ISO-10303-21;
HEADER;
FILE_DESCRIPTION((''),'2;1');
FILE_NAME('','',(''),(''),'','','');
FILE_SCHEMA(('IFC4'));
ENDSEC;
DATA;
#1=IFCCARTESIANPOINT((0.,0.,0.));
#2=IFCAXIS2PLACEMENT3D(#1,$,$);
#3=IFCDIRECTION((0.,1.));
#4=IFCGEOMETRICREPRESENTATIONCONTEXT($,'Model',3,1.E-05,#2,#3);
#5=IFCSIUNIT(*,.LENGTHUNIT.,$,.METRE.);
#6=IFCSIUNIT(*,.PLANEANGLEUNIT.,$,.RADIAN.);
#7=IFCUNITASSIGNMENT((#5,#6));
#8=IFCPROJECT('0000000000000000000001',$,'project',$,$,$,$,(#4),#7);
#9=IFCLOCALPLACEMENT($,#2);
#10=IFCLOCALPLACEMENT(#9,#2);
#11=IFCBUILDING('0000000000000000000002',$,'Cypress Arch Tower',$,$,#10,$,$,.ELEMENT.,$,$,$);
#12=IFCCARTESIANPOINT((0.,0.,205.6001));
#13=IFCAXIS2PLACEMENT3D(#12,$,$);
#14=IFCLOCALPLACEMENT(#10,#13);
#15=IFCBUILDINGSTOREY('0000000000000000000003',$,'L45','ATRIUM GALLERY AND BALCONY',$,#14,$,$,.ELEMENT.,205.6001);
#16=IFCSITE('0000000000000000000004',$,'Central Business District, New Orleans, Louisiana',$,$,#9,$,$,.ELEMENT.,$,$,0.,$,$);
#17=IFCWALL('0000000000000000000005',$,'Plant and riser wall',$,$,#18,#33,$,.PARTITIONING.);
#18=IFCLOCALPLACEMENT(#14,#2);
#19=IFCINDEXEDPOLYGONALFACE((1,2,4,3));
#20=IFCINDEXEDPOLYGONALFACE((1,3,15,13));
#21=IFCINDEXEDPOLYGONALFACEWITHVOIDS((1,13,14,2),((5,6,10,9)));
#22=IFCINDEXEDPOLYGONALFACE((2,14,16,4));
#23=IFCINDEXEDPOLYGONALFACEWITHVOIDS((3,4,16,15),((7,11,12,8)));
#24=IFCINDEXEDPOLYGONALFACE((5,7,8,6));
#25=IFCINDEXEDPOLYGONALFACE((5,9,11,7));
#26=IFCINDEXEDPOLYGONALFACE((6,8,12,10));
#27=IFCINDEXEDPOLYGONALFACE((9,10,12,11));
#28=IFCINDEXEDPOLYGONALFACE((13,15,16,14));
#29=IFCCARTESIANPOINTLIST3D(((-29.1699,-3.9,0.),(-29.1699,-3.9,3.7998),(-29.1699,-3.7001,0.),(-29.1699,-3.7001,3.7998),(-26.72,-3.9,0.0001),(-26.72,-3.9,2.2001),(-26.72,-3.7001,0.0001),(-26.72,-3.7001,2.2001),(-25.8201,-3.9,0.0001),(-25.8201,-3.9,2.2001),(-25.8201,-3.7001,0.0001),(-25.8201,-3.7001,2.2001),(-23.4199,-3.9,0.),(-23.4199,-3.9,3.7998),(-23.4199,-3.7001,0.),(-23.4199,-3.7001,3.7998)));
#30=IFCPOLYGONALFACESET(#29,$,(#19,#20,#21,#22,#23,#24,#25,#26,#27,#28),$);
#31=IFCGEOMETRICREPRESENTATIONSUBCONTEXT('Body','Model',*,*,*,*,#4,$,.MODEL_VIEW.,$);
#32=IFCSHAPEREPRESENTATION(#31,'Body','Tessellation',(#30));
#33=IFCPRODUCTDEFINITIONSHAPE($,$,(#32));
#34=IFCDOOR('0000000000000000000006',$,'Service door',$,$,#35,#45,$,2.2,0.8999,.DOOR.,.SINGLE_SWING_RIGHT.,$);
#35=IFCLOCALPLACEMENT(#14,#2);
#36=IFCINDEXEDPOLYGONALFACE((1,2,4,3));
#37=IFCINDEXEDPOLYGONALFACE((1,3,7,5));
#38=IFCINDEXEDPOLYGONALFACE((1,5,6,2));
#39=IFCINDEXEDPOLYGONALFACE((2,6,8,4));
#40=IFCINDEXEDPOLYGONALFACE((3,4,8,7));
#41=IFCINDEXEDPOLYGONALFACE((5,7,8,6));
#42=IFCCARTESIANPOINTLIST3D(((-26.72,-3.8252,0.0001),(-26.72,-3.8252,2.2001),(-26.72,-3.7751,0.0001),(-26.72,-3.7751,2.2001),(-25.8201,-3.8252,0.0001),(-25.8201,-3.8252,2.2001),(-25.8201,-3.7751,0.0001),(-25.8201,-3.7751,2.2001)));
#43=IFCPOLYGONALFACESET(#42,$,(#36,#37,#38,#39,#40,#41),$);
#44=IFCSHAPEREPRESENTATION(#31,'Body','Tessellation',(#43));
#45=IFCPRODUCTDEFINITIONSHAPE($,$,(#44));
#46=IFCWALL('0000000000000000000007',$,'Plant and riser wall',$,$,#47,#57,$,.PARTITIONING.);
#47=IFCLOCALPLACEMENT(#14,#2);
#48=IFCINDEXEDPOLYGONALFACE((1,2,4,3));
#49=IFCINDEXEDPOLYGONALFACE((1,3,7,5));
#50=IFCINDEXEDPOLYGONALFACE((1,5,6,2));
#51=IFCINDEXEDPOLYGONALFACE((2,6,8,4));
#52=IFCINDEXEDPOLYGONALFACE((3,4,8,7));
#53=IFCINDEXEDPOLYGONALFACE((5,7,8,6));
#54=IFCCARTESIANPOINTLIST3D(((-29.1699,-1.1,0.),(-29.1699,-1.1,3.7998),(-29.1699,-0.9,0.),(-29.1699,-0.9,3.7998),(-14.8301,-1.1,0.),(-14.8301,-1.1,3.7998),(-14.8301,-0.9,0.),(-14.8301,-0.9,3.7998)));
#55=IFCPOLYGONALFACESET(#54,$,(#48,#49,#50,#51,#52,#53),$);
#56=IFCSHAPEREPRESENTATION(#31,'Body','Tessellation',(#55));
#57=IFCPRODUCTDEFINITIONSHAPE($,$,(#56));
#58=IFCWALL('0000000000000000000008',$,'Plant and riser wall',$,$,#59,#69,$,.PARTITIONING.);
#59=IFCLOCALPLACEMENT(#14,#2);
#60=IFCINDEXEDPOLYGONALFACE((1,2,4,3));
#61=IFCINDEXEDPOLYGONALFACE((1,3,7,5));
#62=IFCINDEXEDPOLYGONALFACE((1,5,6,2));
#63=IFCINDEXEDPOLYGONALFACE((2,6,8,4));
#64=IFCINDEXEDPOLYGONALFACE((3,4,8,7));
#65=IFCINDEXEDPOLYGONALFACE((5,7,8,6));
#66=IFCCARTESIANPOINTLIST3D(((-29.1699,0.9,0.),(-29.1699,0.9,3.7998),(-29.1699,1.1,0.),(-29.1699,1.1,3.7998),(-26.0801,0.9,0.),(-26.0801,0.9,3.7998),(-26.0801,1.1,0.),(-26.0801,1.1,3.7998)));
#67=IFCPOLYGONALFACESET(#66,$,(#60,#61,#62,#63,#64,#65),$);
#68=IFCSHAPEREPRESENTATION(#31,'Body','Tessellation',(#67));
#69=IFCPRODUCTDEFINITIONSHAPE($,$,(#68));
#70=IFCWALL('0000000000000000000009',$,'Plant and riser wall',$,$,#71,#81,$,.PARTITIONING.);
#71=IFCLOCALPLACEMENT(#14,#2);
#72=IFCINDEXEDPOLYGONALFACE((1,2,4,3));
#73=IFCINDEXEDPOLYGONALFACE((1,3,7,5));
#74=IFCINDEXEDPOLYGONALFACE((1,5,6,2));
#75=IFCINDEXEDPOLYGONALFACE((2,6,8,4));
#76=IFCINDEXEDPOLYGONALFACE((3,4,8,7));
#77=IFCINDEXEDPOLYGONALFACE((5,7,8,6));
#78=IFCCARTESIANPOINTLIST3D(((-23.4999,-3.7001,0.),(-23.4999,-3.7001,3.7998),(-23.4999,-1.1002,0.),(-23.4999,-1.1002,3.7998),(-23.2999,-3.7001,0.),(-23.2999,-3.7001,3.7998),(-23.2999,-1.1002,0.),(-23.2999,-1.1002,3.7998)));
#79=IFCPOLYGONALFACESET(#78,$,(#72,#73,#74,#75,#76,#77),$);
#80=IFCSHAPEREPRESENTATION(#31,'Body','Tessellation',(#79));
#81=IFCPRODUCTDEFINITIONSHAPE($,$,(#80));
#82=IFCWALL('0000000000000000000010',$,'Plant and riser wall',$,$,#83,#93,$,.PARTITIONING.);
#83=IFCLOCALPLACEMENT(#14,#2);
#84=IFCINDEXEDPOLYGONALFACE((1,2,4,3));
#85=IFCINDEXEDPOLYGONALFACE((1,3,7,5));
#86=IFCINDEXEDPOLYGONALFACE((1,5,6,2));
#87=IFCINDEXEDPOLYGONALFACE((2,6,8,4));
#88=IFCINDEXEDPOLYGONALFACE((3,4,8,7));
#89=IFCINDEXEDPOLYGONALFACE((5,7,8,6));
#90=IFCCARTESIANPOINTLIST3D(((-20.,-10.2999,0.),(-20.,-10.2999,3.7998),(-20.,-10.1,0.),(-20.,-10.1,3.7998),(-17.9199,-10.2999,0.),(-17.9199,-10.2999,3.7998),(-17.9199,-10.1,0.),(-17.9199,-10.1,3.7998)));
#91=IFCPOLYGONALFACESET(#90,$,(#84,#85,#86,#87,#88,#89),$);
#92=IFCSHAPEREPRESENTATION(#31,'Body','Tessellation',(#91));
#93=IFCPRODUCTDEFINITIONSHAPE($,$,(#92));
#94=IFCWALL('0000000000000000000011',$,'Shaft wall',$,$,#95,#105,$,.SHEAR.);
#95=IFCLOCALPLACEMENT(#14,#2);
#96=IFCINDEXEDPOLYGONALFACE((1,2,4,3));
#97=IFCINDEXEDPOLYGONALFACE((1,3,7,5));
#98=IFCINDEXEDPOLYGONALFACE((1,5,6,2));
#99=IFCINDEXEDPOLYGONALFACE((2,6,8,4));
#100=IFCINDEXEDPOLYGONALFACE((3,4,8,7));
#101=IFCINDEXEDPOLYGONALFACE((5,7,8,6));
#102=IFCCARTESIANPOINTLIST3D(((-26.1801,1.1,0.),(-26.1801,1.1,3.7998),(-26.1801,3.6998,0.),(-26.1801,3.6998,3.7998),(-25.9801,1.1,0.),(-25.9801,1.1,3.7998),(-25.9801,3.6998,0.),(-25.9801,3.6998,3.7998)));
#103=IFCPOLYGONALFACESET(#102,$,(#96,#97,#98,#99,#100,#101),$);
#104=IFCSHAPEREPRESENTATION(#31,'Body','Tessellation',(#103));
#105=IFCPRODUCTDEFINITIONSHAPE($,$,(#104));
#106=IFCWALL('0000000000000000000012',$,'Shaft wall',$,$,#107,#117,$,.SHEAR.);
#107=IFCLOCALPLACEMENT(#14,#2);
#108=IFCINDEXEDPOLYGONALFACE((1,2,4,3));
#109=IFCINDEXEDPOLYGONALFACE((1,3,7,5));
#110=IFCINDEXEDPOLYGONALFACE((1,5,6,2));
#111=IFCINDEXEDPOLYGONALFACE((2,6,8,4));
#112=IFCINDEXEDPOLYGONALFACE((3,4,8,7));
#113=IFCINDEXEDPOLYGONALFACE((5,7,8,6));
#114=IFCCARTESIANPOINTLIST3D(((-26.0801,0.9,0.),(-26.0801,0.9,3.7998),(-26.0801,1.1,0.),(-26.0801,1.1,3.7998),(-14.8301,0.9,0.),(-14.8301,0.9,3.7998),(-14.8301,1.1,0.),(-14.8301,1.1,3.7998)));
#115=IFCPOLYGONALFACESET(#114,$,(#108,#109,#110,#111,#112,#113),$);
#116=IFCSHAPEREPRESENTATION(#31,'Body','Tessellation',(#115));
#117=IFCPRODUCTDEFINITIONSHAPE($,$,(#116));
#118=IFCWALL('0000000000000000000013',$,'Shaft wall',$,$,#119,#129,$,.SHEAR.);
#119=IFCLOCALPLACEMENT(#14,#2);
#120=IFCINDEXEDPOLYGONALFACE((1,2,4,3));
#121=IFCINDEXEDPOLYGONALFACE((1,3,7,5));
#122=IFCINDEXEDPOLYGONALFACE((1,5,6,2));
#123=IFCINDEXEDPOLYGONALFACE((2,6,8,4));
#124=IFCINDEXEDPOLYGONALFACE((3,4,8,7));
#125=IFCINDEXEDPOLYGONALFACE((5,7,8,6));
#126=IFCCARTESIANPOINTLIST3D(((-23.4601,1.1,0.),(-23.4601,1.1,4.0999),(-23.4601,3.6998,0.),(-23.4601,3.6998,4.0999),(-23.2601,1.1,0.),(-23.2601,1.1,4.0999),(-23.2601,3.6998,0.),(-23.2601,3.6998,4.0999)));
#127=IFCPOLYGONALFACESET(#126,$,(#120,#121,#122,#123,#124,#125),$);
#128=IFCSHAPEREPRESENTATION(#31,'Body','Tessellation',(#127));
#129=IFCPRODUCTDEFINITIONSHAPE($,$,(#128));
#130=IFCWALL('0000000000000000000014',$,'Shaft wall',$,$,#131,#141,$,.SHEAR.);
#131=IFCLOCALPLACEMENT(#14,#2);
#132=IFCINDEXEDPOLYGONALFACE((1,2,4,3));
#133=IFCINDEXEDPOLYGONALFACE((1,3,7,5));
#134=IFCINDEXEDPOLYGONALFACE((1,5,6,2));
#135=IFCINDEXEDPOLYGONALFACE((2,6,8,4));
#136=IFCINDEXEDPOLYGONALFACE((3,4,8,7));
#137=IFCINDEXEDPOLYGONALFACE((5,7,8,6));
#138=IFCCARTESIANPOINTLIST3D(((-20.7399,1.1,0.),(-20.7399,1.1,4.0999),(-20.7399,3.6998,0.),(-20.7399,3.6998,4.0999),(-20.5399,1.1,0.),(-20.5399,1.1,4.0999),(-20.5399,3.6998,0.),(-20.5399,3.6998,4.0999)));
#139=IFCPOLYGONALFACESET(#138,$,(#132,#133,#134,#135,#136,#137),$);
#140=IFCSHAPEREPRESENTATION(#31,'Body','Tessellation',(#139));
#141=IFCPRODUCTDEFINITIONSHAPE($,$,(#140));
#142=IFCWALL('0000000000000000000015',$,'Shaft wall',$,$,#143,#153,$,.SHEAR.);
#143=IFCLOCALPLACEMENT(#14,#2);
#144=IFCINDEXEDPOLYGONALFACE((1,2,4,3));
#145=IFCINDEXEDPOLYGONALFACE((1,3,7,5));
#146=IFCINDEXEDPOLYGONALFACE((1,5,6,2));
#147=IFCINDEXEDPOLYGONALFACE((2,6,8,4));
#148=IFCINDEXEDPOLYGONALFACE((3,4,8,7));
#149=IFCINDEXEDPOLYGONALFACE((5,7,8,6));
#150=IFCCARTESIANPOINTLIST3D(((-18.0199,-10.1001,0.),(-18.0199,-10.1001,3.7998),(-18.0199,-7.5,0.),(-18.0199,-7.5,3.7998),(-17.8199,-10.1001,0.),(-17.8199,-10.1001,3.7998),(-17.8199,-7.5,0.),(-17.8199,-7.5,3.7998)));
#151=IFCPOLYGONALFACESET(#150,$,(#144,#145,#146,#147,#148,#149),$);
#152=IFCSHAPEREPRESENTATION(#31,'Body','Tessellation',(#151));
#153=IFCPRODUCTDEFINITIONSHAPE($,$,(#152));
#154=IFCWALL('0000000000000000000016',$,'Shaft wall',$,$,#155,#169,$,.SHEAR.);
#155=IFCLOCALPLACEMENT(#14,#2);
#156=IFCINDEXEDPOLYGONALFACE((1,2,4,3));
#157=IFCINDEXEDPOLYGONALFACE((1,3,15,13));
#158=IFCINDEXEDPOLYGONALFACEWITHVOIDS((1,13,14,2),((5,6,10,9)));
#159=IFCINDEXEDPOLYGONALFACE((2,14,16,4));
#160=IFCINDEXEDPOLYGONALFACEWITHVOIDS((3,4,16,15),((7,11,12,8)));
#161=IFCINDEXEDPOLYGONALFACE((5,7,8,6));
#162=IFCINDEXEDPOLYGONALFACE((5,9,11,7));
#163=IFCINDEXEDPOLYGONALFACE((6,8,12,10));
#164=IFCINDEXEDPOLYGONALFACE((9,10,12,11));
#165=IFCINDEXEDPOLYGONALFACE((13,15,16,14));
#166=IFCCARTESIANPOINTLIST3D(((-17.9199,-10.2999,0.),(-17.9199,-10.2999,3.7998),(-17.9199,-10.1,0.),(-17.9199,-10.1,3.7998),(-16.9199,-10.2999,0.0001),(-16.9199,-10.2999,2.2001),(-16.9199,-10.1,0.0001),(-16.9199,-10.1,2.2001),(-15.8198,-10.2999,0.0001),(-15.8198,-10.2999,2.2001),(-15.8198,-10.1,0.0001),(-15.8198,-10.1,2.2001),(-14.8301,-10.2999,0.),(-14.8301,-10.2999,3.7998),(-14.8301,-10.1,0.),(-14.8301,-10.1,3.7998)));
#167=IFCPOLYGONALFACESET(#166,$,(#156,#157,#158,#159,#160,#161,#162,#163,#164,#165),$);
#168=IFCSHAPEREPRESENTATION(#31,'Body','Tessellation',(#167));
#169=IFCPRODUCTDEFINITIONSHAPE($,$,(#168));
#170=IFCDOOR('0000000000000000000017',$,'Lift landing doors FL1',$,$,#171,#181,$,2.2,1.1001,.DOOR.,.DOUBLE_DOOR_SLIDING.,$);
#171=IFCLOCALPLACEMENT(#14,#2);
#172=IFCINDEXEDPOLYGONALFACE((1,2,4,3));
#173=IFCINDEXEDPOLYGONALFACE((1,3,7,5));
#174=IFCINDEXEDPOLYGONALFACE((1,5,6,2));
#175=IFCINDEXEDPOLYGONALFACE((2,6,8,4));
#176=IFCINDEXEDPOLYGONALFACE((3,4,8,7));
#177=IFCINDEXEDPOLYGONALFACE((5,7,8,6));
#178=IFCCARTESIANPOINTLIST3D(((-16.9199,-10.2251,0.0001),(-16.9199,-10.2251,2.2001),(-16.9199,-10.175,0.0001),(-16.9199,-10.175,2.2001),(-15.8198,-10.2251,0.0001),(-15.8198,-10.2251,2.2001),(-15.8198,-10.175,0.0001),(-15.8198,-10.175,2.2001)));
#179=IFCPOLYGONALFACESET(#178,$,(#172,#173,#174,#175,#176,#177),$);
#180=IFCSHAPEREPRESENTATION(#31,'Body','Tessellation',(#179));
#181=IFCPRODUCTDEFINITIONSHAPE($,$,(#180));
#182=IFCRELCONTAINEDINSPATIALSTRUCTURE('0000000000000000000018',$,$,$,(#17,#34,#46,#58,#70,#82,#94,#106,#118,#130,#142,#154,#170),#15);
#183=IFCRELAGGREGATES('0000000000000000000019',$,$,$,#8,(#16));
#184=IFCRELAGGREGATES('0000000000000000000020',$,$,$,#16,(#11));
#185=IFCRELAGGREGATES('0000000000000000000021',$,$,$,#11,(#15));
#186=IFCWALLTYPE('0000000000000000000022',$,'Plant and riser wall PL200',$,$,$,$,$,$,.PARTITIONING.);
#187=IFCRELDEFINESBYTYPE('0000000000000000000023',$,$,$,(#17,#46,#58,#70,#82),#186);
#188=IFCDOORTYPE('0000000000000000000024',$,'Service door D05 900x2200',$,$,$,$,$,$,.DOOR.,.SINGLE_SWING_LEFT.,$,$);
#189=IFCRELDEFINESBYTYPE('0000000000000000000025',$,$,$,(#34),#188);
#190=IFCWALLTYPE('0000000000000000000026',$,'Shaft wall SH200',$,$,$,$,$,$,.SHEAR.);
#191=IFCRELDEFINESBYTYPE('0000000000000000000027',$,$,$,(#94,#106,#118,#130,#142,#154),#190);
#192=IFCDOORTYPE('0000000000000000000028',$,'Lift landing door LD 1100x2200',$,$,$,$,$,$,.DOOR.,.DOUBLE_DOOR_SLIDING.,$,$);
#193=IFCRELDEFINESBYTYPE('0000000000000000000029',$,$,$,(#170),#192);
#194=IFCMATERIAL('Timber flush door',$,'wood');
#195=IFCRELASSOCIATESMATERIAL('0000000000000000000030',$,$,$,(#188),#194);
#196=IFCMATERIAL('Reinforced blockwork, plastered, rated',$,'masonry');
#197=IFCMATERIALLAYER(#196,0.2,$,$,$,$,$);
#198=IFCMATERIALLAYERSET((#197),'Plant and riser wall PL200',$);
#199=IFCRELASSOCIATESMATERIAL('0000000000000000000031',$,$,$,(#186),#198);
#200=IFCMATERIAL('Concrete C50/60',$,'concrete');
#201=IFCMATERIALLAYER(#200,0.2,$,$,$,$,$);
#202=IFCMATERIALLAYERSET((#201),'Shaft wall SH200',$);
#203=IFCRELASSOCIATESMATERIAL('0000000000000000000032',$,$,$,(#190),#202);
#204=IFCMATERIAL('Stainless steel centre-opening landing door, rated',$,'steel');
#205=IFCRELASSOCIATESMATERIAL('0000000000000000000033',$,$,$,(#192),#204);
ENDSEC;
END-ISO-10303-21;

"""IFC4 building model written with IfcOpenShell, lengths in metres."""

from ifc_helpers import new_model, si_unit, direction, frame, frame_2d, origin, place, context, subcontext, project, spatial, rectangle, extrude, material, layer, layer_set, type_object, element, fill, save


model = new_model("IFC4")

# Units and contexts
model_context = context("Model", 3, precision=1e-05, world=origin(), true_north=direction((0.0, 1.0)))
body_context = subcontext(model_context, "Body", "Model", "MODEL_VIEW")
ifc_project = project(units=[si_unit("LENGTHUNIT", "METRE"), si_unit("PLANEANGLEUNIT", "RADIAN")], contexts=[model_context])

# Site, building, storey
site_placement = place(None, origin())
site = spatial("IfcSite", under=ifc_project, at=site_placement, Name="Central Business District, New Orleans, Louisiana", CompositionType="ELEMENT", RefElevation=0.0)
building_placement = place(site_placement, origin())
building = spatial("IfcBuilding", under=site, at=building_placement, Name="Cypress Arch Tower", CompositionType="ELEMENT")
storey_placement = place(building_placement, frame((0.0, 0.0, 205.6001)))
storey = spatial("IfcBuildingStorey", under=building, at=storey_placement, Name="L45", Description="ATRIUM GALLERY AND BALCONY", CompositionType="ELEMENT", Elevation=205.6001)

# Shared definitions
ifc_material_1 = material(Name="Timber flush door", Category="wood")
door_type_1 = type_object("IfcDoorType", Name="Service door D05 900x2200", OperationType="SINGLE_SWING_LEFT", PredefinedType="DOOR", material=ifc_material_1)

# Wall, opening, door
ifc_material_2 = material(Name="Reinforced blockwork, plastered, rated", Category="masonry")
ifc_layer_1 = layer(ifc_material_2, 0.2)
ifc_layer_set_1 = layer_set([ifc_layer_1], Name="Plant and riser wall PL200")
wall_type_1 = type_object("IfcWallType", Name="Plant and riser wall PL200", PredefinedType="PARTITIONING", material=ifc_layer_set_1)
wall_1_placement = place(storey_placement, frame((-29.1699, -3.8, 0.0), z_axis=(0.0, 0.0, 1.0), x_axis=(1.0, 0.0, 0.0)))
wall_1 = element("IfcWall", 1, at=wall_1_placement, inside=storey, type_object=wall_type_1, Name="Plant and riser wall", PredefinedType="PARTITIONING", context=body_context, shape_type="SweptSolid", body=[
    extrude(rectangle(XDim=5.75, YDim=0.2, at=frame_2d((2.875, 0.0))), origin(), (0.0, 0.0, 1.0), 3.7998),
])
opening_1_placement = place(wall_1_placement, frame((2.45, 0.0, 0.0)))
opening_1 = element("IfcOpeningElement", 2, at=opening_1_placement, cuts=wall_1, PredefinedType="OPENING", context=body_context, shape_type="SweptSolid", body=[
    extrude(rectangle(XDim=0.8999, YDim=2.2, at=frame_2d((0.45, 1.1001))), frame((0.0, 0.1099, 0.0), z_axis=(0.0, -1.0, 0.0), x_axis=(1.0, 0.0, 0.0)), (0.0, 0.0, 1.0), 0.22),
])
door_1_placement = place(opening_1_placement, origin())
door_1 = element("IfcDoor", 3, at=door_1_placement, inside=storey, type_object=door_type_1, Name="Service door", OperationType="SINGLE_SWING_RIGHT", OverallHeight=2.2, OverallWidth=0.8999, PredefinedType="DOOR", context=body_context, shape_type="SweptSolid", body=[
    extrude(rectangle(XDim=0.8999, YDim=2.2, at=frame_2d((0.45, 1.1001))), frame((0.0, 0.0249, 0.0), z_axis=(0.0, -1.0, 0.0), x_axis=(1.0, 0.0, 0.0)), (0.0, 0.0, 1.0), 0.05),
])
fill(opening_1, door_1)

# Walls
wall_2_placement = place(storey_placement, frame((-29.1699, -1.0, 0.0), z_axis=(0.0, 0.0, 1.0), x_axis=(1.0, 0.0, 0.0)))
element("IfcWall", 4, at=wall_2_placement, inside=storey, type_object=wall_type_1, Name="Plant and riser wall", PredefinedType="PARTITIONING", context=body_context, shape_type="SweptSolid", body=[
    extrude(rectangle(XDim=14.3398, YDim=0.2, at=frame_2d((7.1699, 0.0))), origin(), (0.0, 0.0, 1.0), 3.7998),
])
wall_3_placement = place(storey_placement, frame((-29.1699, 1.0, 0.0), z_axis=(0.0, 0.0, 1.0), x_axis=(1.0, 0.0, 0.0)))
element("IfcWall", 5, at=wall_3_placement, inside=storey, type_object=wall_type_1, Name="Plant and riser wall", PredefinedType="PARTITIONING", context=body_context, shape_type="SweptSolid", body=[
    extrude(rectangle(XDim=3.0898, YDim=0.2, at=frame_2d((1.5449, 0.0))), origin(), (0.0, 0.0, 1.0), 3.7998),
])
wall_4_placement = place(storey_placement, frame((-23.3999, -3.7, 0.0), z_axis=(0.0, 0.0, 1.0), x_axis=(0.0, 1.0, 0.0)))
element("IfcWall", 6, at=wall_4_placement, inside=storey, type_object=wall_type_1, Name="Plant and riser wall", PredefinedType="PARTITIONING", context=body_context, shape_type="SweptSolid", body=[
    extrude(rectangle(XDim=2.5999, YDim=0.2, at=frame_2d((1.2998, 0.0))), origin(), (0.0, 0.0, 1.0), 3.7998),
])
wall_5_placement = place(storey_placement, frame((-20.0, -10.2, 0.0), z_axis=(0.0, 0.0, 1.0), x_axis=(1.0, 0.0, 0.0)))
element("IfcWall", 7, at=wall_5_placement, inside=storey, type_object=wall_type_1, Name="Plant and riser wall", PredefinedType="PARTITIONING", context=body_context, shape_type="SweptSolid", body=[
    extrude(rectangle(XDim=2.0801, YDim=0.2, at=frame_2d((1.04, 0.0))), origin(), (0.0, 0.0, 1.0), 3.7998),
])
ifc_material_3 = material(Name="Concrete C50/60", Category="concrete")
ifc_layer_2 = layer(ifc_material_3, 0.2)
ifc_layer_set_2 = layer_set([ifc_layer_2], Name="Shaft wall SH200")
wall_type_2 = type_object("IfcWallType", Name="Shaft wall SH200", PredefinedType="SHEAR", material=ifc_layer_set_2)
wall_6_placement = place(storey_placement, frame((-26.0801, 1.1001, 0.0), z_axis=(0.0, 0.0, 1.0), x_axis=(0.0, 1.0, 0.0)))
element("IfcWall", 8, at=wall_6_placement, inside=storey, type_object=wall_type_2, Name="Shaft wall", PredefinedType="SHEAR", context=body_context, shape_type="SweptSolid", body=[
    extrude(rectangle(XDim=2.5999, YDim=0.2, at=frame_2d((1.2998, 0.0))), origin(), (0.0, 0.0, 1.0), 3.7998),
])
wall_7_placement = place(storey_placement, frame((-26.0801, 1.0, 0.0), z_axis=(0.0, 0.0, 1.0), x_axis=(1.0, 0.0, 0.0)))
element("IfcWall", 9, at=wall_7_placement, inside=storey, type_object=wall_type_2, Name="Shaft wall", PredefinedType="SHEAR", context=body_context, shape_type="SweptSolid", body=[
    extrude(rectangle(XDim=11.25, YDim=0.2, at=frame_2d((5.625, 0.0))), origin(), (0.0, 0.0, 1.0), 3.7998),
])
for number, where, z_axis, x_axis, name in (
    (10, (-23.3601, 1.1001, 0.0), (0.0, 0.0, 1.0), (0.0, 1.0, 0.0), "Shaft wall"),
    (11, (-20.6399, 1.1001, 0.0), (0.0, 0.0, 1.0), (0.0, 1.0, 0.0), "Shaft wall"),
):
    element("IfcWall", number, at=place(storey_placement, frame(where, z_axis=z_axis, x_axis=x_axis)), inside=storey, type_object=wall_type_2, Name=name, PredefinedType="SHEAR", context=body_context, shape_type="SweptSolid", body=[
        extrude(rectangle(XDim=2.5999, YDim=0.2, at=frame_2d((1.2998, 0.0))), origin(), (0.0, 0.0, 1.0), 4.0999),
    ])
wall_8_placement = place(storey_placement, frame((-17.9199, -10.1001, 0.0), z_axis=(0.0, 0.0, 1.0), x_axis=(0.0, 1.0, 0.0)))
element("IfcWall", 12, at=wall_8_placement, inside=storey, type_object=wall_type_2, Name="Shaft wall", PredefinedType="SHEAR", context=body_context, shape_type="SweptSolid", body=[
    extrude(rectangle(XDim=2.6001, YDim=0.2, at=frame_2d((1.3, 0.0))), origin(), (0.0, 0.0, 1.0), 3.7998),
])

# Wall, opening, door
wall_9_placement = place(storey_placement, frame((-17.9199, -10.2, 0.0), z_axis=(0.0, 0.0, 1.0), x_axis=(1.0, 0.0, 0.0)))
wall_9 = element("IfcWall", 13, at=wall_9_placement, inside=storey, type_object=wall_type_2, Name="Shaft wall", PredefinedType="SHEAR", context=body_context, shape_type="SweptSolid", body=[
    extrude(rectangle(XDim=3.0898, YDim=0.2, at=frame_2d((1.5449, 0.0))), origin(), (0.0, 0.0, 1.0), 3.7998),
])
opening_2_placement = place(wall_9_placement, frame((1.0, 0.0, 0.0)))
opening_2 = element("IfcOpeningElement", 14, at=opening_2_placement, cuts=wall_9, PredefinedType="OPENING", context=body_context, shape_type="SweptSolid", body=[
    extrude(rectangle(XDim=1.1001, YDim=2.2, at=frame_2d((0.55, 1.1001))), frame((0.0, 0.1099, 0.0), z_axis=(0.0, -1.0, 0.0), x_axis=(1.0, 0.0, 0.0)), (0.0, 0.0, 1.0), 0.22),
])
ifc_material_4 = material(Name="Stainless steel centre-opening landing door, rated", Category="steel")
door_type_2 = type_object("IfcDoorType", Name="Lift landing door LD 1100x2200", OperationType="DOUBLE_DOOR_SLIDING", PredefinedType="DOOR", material=ifc_material_4)
door_2_placement = place(opening_2_placement, origin())
door_2 = element("IfcDoor", 15, at=door_2_placement, inside=storey, type_object=door_type_2, Name="Lift landing doors FL1", OperationType="DOUBLE_DOOR_SLIDING", OverallHeight=2.2, OverallWidth=1.1001, PredefinedType="DOOR", context=body_context, shape_type="SweptSolid", body=[
    extrude(rectangle(XDim=1.1001, YDim=2.2, at=frame_2d((0.55, 1.1001))), frame((0.0, 0.0249, 0.0), z_axis=(0.0, -1.0, 0.0), x_axis=(1.0, 0.0, 0.0)), (0.0, 0.0, 1.0), 0.05),
])
fill(opening_2, door_2)

save(model, "model.ifc")
